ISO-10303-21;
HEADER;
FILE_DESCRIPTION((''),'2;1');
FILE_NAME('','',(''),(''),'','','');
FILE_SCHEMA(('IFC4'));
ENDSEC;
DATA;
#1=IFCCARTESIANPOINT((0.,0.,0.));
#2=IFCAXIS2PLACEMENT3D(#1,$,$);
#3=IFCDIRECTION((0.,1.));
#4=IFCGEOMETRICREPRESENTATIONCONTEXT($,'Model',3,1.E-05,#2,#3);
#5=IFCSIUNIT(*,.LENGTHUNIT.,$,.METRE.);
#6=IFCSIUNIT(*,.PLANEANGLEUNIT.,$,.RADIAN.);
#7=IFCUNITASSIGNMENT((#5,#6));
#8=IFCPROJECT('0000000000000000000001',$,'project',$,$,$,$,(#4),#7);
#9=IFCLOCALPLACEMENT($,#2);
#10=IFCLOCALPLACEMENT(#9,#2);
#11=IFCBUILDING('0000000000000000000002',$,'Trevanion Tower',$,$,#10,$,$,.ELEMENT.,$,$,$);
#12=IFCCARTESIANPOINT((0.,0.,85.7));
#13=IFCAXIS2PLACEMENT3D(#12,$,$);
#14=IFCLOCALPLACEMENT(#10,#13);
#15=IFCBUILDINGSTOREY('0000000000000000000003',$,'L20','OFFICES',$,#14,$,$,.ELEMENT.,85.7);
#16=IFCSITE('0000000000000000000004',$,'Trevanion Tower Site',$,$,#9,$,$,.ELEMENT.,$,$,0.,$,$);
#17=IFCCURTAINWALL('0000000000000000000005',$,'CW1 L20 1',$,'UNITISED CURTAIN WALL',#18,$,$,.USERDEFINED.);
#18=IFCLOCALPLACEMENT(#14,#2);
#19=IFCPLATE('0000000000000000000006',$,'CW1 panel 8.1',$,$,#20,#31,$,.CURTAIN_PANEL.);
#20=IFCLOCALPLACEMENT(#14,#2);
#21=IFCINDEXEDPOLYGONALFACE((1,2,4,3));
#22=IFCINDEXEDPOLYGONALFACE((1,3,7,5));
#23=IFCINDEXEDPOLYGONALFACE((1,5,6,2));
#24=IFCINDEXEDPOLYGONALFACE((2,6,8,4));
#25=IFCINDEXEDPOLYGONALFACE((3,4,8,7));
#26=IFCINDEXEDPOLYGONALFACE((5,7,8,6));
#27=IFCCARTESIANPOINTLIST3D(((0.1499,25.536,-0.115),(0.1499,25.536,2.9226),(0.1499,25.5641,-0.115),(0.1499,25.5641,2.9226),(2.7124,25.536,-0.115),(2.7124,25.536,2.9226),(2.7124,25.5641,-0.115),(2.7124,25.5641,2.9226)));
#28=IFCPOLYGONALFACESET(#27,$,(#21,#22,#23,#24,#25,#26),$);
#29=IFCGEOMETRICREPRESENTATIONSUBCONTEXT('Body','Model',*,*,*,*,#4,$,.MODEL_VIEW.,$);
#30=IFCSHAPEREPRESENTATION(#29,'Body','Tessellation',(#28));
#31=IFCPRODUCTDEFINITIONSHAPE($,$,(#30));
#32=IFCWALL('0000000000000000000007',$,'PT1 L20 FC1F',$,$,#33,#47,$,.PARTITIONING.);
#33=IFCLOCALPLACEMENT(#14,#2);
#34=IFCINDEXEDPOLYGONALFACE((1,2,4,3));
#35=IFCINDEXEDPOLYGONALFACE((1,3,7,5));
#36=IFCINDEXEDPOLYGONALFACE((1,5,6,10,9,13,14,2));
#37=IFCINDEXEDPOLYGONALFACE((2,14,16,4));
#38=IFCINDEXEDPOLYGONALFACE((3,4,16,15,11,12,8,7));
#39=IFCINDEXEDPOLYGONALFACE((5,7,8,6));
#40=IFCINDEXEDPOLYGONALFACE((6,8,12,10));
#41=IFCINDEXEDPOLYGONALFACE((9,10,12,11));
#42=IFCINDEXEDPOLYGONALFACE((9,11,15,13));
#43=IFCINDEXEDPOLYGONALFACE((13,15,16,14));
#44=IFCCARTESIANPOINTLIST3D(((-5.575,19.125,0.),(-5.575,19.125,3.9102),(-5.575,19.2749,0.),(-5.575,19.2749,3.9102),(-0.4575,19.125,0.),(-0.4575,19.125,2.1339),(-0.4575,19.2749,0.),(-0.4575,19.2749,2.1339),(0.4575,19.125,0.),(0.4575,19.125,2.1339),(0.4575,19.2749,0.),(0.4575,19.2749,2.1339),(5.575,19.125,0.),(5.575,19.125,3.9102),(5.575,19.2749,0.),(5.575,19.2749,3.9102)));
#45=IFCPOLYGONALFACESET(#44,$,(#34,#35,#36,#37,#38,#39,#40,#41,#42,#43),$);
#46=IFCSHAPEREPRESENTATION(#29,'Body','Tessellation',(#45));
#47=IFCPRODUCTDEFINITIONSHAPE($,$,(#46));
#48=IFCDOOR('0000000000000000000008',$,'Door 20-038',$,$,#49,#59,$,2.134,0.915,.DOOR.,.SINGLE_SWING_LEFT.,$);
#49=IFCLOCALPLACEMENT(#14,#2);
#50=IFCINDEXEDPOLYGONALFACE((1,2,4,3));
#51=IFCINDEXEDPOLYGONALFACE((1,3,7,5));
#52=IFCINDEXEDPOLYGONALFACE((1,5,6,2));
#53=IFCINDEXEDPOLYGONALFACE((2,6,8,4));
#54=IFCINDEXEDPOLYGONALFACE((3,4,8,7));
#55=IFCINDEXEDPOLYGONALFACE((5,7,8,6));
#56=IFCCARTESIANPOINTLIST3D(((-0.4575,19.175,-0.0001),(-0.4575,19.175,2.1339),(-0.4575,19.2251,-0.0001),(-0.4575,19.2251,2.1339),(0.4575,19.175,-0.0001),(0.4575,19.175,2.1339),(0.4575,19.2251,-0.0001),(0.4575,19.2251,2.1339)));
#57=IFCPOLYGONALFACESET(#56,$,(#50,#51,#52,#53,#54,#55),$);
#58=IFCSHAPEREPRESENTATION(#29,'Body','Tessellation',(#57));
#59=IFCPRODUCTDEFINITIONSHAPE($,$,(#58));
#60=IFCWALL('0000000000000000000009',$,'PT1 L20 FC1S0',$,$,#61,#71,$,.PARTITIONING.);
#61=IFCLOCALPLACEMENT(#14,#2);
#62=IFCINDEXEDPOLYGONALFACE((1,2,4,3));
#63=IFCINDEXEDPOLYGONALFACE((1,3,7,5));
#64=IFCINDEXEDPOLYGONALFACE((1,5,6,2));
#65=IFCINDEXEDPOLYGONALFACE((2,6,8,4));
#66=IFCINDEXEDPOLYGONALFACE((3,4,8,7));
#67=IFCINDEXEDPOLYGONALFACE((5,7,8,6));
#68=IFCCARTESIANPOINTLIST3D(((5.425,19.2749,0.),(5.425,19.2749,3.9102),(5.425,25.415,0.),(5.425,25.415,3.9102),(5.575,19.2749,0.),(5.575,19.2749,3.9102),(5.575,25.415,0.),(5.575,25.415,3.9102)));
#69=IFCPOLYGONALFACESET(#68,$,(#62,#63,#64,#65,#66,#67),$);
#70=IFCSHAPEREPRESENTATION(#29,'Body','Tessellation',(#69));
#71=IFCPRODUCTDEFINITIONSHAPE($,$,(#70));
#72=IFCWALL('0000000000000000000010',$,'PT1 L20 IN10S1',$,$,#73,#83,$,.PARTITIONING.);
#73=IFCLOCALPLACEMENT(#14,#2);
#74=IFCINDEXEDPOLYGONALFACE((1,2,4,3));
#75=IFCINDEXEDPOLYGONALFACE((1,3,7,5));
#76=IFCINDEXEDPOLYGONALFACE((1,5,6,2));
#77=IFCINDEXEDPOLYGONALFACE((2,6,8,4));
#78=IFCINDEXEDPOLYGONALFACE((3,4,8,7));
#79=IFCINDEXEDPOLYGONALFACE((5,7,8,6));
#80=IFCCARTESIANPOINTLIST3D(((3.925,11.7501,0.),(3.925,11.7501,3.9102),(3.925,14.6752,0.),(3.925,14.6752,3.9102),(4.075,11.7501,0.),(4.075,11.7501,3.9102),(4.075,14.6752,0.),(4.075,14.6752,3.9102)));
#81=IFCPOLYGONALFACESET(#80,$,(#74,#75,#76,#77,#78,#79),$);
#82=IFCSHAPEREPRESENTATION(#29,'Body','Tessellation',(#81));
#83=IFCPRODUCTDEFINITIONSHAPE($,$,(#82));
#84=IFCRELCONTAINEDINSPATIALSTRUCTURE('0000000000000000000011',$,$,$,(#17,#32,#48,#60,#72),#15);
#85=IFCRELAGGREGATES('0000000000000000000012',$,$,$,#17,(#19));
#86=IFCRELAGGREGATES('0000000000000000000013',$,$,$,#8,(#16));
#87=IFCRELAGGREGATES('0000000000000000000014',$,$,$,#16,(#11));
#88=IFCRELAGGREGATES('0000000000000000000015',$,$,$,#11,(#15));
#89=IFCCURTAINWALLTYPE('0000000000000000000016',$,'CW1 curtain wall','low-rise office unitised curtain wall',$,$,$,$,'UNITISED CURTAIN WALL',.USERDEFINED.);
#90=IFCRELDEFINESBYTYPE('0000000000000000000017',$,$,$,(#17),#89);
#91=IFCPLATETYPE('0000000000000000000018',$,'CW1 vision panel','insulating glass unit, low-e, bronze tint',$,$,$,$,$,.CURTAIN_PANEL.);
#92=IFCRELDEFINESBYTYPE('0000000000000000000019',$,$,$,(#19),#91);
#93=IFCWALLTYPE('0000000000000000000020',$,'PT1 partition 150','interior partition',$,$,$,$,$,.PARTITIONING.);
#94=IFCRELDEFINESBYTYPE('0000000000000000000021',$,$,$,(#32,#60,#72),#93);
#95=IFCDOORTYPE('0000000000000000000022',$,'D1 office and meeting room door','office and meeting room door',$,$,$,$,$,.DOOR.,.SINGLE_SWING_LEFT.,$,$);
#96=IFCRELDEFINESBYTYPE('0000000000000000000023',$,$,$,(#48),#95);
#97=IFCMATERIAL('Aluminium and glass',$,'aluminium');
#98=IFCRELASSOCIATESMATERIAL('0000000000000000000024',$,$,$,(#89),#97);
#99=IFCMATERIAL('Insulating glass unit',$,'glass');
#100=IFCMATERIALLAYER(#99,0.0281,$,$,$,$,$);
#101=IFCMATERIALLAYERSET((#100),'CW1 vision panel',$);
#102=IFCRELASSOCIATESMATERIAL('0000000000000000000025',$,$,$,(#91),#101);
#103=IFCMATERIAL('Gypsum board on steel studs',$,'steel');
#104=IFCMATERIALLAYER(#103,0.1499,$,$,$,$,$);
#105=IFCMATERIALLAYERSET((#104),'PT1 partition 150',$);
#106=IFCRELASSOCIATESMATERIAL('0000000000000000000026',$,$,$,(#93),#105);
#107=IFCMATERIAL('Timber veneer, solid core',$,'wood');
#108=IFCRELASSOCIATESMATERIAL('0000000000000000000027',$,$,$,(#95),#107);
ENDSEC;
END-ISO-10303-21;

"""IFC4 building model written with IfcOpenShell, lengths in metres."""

from ifc_helpers import new_model, si_unit, direction, frame, frame_2d, origin, origin_2d, place, context, subcontext, project, spatial, rectangle, extrude, material, layer, layer_set, type_object, element, fill, aggregate, save


model = new_model("IFC4")

# Units and contexts
model_context = context("Model", 3, precision=1e-05, world=origin(), true_north=direction((0.0, 1.0)))
body_context = subcontext(model_context, "Body", "Model", "MODEL_VIEW")
ifc_project = project(units=[si_unit("LENGTHUNIT", "METRE"), si_unit("PLANEANGLEUNIT", "RADIAN")], contexts=[model_context])

# Site, building, storey
site_placement = place(None, origin())
site = spatial("IfcSite", under=ifc_project, at=site_placement, Name="Trevanion Tower Site", CompositionType="ELEMENT", RefElevation=0.0)
building_placement = place(site_placement, origin())
building = spatial("IfcBuilding", under=site, at=building_placement, Name="Trevanion Tower", CompositionType="ELEMENT")
storey_placement = place(building_placement, frame((0.0, 0.0, 85.7)))
storey = spatial("IfcBuildingStorey", under=building, at=storey_placement, Name="L20", Description="OFFICES", CompositionType="ELEMENT", Elevation=85.7)

# Curtain wall, plate
ifc_material_1 = material(Name="Aluminium and glass", Category="aluminium")
curtain_wall_type = type_object("IfcCurtainWallType", Name="CW1 curtain wall", Description="low-rise office unitised curtain wall", ElementType="UNITISED CURTAIN WALL", PredefinedType="USERDEFINED", material=ifc_material_1)
curtain_wall_placement = place(storey_placement, origin())
curtain_wall = element("IfcCurtainWall", 1, at=curtain_wall_placement, inside=storey, type_object=curtain_wall_type, Name="CW1 L20 1", ObjectType="UNITISED CURTAIN WALL", PredefinedType="USERDEFINED")
ifc_material_2 = material(Name="Insulating glass unit", Category="glass")
ifc_layer_1 = layer(ifc_material_2, 0.0281)
ifc_layer_set_1 = layer_set([ifc_layer_1], Name="CW1 vision panel")
plate_type_1 = type_object("IfcPlateType", Name="CW1 vision panel", Description="insulating glass unit, low-e, bronze tint", PredefinedType="CURTAIN_PANEL", material=ifc_layer_set_1)
plate_1_placement = place(storey_placement, frame((1.4312, 25.55, -0.115), z_axis=(0.0, 0.0, 1.0), x_axis=(-1.0, 0.0, 0.0)))
plate_1 = element("IfcPlate", 2, at=plate_1_placement, type_object=plate_type_1, Name="CW1 panel 8.1", PredefinedType="CURTAIN_PANEL", context=body_context, shape_type="SweptSolid", body=[
    extrude(rectangle(XDim=2.5625, YDim=0.0281, at=origin_2d()), origin(), (0.0, 0.0, 1.0), 3.0376),
])
aggregate(curtain_wall, [plate_1])

# Wall, opening, door
ifc_material_3 = material(Name="Gypsum board on steel studs", Category="steel")
ifc_layer_2 = layer(ifc_material_3, 0.1499)
ifc_layer_set_2 = layer_set([ifc_layer_2], Name="PT1 partition 150")
wall_type = type_object("IfcWallType", Name="PT1 partition 150", Description="interior partition", PredefinedType="PARTITIONING", material=ifc_layer_set_2)
wall_1_placement = place(storey_placement, frame((5.575, 19.2, 0.0), z_axis=(0.0, 0.0, 1.0), x_axis=(-1.0, 0.0, 0.0)))
wall_1 = element("IfcWall", 3, at=wall_1_placement, inside=storey, type_object=wall_type, Name="PT1 L20 FC1F", PredefinedType="PARTITIONING", context=body_context, shape_type="SweptSolid", body=[
    extrude(rectangle(XDim=11.1499, YDim=0.1499, at=frame_2d((5.575, 0.0))), origin(), (0.0, 0.0, 1.0), 3.9102),
])
opening_placement = place(wall_1_placement, frame((5.1174, 0.0, 0.0)))
opening = element("IfcOpeningElement", 4, at=opening_placement, cuts=wall_1, PredefinedType="OPENING", context=body_context, shape_type="SweptSolid", body=[
    extrude(rectangle(XDim=0.915, YDim=2.134, at=frame_2d((0.4575, 1.0669))), frame((0.0, 0.085, 0.0), z_axis=(0.0, -1.0, 0.0), x_axis=(1.0, 0.0, 0.0)), (0.0, 0.0, 1.0), 0.1699),
])
ifc_material_4 = material(Name="Timber veneer, solid core", Category="wood")
door_type = type_object("IfcDoorType", Name="D1 office and meeting room door", Description="office and meeting room door", OperationType="SINGLE_SWING_LEFT", PredefinedType="DOOR", material=ifc_material_4)
door_placement = place(opening_placement, origin())
door = element("IfcDoor", 5, at=door_placement, inside=storey, type_object=door_type, Name="Door 20-038", OperationType="SINGLE_SWING_LEFT", OverallHeight=2.134, OverallWidth=0.915, PredefinedType="DOOR", context=body_context, shape_type="SweptSolid", body=[
    extrude(rectangle(XDim=0.915, YDim=2.134, at=frame_2d((0.4575, 1.0669))), frame((0.0, 0.0249, 0.0), z_axis=(0.0, -1.0, 0.0), x_axis=(1.0, 0.0, 0.0)), (0.0, 0.0, 1.0), 0.05),
])
fill(opening, door)

# Walls
wall_2_placement = place(storey_placement, frame((5.5, 19.2749, 0.0), z_axis=(0.0, 0.0, 1.0), x_axis=(0.0, 1.0, 0.0)))
element("IfcWall", 6, at=wall_2_placement, inside=storey, type_object=wall_type, Name="PT1 L20 FC1S0", PredefinedType="PARTITIONING", context=body_context, shape_type="SweptSolid", body=[
    extrude(rectangle(XDim=6.1401, YDim=0.1499, at=frame_2d((3.0701, 0.0))), origin(), (0.0, 0.0, 1.0), 3.9102),
])
wall_3_placement = place(storey_placement, frame((4.0, 14.675, 0.0), z_axis=(0.0, 0.0, 1.0), x_axis=(0.0, -1.0, 0.0)))
element("IfcWall", 7, at=wall_3_placement, inside=storey, type_object=wall_type, Name="PT1 L20 IN10S1", PredefinedType="PARTITIONING", context=body_context, shape_type="SweptSolid", body=[
    extrude(rectangle(XDim=2.925, YDim=0.1499, at=frame_2d((1.4624, 0.0))), origin(), (0.0, 0.0, 1.0), 3.9102),
])

save(model, "model.ifc")
